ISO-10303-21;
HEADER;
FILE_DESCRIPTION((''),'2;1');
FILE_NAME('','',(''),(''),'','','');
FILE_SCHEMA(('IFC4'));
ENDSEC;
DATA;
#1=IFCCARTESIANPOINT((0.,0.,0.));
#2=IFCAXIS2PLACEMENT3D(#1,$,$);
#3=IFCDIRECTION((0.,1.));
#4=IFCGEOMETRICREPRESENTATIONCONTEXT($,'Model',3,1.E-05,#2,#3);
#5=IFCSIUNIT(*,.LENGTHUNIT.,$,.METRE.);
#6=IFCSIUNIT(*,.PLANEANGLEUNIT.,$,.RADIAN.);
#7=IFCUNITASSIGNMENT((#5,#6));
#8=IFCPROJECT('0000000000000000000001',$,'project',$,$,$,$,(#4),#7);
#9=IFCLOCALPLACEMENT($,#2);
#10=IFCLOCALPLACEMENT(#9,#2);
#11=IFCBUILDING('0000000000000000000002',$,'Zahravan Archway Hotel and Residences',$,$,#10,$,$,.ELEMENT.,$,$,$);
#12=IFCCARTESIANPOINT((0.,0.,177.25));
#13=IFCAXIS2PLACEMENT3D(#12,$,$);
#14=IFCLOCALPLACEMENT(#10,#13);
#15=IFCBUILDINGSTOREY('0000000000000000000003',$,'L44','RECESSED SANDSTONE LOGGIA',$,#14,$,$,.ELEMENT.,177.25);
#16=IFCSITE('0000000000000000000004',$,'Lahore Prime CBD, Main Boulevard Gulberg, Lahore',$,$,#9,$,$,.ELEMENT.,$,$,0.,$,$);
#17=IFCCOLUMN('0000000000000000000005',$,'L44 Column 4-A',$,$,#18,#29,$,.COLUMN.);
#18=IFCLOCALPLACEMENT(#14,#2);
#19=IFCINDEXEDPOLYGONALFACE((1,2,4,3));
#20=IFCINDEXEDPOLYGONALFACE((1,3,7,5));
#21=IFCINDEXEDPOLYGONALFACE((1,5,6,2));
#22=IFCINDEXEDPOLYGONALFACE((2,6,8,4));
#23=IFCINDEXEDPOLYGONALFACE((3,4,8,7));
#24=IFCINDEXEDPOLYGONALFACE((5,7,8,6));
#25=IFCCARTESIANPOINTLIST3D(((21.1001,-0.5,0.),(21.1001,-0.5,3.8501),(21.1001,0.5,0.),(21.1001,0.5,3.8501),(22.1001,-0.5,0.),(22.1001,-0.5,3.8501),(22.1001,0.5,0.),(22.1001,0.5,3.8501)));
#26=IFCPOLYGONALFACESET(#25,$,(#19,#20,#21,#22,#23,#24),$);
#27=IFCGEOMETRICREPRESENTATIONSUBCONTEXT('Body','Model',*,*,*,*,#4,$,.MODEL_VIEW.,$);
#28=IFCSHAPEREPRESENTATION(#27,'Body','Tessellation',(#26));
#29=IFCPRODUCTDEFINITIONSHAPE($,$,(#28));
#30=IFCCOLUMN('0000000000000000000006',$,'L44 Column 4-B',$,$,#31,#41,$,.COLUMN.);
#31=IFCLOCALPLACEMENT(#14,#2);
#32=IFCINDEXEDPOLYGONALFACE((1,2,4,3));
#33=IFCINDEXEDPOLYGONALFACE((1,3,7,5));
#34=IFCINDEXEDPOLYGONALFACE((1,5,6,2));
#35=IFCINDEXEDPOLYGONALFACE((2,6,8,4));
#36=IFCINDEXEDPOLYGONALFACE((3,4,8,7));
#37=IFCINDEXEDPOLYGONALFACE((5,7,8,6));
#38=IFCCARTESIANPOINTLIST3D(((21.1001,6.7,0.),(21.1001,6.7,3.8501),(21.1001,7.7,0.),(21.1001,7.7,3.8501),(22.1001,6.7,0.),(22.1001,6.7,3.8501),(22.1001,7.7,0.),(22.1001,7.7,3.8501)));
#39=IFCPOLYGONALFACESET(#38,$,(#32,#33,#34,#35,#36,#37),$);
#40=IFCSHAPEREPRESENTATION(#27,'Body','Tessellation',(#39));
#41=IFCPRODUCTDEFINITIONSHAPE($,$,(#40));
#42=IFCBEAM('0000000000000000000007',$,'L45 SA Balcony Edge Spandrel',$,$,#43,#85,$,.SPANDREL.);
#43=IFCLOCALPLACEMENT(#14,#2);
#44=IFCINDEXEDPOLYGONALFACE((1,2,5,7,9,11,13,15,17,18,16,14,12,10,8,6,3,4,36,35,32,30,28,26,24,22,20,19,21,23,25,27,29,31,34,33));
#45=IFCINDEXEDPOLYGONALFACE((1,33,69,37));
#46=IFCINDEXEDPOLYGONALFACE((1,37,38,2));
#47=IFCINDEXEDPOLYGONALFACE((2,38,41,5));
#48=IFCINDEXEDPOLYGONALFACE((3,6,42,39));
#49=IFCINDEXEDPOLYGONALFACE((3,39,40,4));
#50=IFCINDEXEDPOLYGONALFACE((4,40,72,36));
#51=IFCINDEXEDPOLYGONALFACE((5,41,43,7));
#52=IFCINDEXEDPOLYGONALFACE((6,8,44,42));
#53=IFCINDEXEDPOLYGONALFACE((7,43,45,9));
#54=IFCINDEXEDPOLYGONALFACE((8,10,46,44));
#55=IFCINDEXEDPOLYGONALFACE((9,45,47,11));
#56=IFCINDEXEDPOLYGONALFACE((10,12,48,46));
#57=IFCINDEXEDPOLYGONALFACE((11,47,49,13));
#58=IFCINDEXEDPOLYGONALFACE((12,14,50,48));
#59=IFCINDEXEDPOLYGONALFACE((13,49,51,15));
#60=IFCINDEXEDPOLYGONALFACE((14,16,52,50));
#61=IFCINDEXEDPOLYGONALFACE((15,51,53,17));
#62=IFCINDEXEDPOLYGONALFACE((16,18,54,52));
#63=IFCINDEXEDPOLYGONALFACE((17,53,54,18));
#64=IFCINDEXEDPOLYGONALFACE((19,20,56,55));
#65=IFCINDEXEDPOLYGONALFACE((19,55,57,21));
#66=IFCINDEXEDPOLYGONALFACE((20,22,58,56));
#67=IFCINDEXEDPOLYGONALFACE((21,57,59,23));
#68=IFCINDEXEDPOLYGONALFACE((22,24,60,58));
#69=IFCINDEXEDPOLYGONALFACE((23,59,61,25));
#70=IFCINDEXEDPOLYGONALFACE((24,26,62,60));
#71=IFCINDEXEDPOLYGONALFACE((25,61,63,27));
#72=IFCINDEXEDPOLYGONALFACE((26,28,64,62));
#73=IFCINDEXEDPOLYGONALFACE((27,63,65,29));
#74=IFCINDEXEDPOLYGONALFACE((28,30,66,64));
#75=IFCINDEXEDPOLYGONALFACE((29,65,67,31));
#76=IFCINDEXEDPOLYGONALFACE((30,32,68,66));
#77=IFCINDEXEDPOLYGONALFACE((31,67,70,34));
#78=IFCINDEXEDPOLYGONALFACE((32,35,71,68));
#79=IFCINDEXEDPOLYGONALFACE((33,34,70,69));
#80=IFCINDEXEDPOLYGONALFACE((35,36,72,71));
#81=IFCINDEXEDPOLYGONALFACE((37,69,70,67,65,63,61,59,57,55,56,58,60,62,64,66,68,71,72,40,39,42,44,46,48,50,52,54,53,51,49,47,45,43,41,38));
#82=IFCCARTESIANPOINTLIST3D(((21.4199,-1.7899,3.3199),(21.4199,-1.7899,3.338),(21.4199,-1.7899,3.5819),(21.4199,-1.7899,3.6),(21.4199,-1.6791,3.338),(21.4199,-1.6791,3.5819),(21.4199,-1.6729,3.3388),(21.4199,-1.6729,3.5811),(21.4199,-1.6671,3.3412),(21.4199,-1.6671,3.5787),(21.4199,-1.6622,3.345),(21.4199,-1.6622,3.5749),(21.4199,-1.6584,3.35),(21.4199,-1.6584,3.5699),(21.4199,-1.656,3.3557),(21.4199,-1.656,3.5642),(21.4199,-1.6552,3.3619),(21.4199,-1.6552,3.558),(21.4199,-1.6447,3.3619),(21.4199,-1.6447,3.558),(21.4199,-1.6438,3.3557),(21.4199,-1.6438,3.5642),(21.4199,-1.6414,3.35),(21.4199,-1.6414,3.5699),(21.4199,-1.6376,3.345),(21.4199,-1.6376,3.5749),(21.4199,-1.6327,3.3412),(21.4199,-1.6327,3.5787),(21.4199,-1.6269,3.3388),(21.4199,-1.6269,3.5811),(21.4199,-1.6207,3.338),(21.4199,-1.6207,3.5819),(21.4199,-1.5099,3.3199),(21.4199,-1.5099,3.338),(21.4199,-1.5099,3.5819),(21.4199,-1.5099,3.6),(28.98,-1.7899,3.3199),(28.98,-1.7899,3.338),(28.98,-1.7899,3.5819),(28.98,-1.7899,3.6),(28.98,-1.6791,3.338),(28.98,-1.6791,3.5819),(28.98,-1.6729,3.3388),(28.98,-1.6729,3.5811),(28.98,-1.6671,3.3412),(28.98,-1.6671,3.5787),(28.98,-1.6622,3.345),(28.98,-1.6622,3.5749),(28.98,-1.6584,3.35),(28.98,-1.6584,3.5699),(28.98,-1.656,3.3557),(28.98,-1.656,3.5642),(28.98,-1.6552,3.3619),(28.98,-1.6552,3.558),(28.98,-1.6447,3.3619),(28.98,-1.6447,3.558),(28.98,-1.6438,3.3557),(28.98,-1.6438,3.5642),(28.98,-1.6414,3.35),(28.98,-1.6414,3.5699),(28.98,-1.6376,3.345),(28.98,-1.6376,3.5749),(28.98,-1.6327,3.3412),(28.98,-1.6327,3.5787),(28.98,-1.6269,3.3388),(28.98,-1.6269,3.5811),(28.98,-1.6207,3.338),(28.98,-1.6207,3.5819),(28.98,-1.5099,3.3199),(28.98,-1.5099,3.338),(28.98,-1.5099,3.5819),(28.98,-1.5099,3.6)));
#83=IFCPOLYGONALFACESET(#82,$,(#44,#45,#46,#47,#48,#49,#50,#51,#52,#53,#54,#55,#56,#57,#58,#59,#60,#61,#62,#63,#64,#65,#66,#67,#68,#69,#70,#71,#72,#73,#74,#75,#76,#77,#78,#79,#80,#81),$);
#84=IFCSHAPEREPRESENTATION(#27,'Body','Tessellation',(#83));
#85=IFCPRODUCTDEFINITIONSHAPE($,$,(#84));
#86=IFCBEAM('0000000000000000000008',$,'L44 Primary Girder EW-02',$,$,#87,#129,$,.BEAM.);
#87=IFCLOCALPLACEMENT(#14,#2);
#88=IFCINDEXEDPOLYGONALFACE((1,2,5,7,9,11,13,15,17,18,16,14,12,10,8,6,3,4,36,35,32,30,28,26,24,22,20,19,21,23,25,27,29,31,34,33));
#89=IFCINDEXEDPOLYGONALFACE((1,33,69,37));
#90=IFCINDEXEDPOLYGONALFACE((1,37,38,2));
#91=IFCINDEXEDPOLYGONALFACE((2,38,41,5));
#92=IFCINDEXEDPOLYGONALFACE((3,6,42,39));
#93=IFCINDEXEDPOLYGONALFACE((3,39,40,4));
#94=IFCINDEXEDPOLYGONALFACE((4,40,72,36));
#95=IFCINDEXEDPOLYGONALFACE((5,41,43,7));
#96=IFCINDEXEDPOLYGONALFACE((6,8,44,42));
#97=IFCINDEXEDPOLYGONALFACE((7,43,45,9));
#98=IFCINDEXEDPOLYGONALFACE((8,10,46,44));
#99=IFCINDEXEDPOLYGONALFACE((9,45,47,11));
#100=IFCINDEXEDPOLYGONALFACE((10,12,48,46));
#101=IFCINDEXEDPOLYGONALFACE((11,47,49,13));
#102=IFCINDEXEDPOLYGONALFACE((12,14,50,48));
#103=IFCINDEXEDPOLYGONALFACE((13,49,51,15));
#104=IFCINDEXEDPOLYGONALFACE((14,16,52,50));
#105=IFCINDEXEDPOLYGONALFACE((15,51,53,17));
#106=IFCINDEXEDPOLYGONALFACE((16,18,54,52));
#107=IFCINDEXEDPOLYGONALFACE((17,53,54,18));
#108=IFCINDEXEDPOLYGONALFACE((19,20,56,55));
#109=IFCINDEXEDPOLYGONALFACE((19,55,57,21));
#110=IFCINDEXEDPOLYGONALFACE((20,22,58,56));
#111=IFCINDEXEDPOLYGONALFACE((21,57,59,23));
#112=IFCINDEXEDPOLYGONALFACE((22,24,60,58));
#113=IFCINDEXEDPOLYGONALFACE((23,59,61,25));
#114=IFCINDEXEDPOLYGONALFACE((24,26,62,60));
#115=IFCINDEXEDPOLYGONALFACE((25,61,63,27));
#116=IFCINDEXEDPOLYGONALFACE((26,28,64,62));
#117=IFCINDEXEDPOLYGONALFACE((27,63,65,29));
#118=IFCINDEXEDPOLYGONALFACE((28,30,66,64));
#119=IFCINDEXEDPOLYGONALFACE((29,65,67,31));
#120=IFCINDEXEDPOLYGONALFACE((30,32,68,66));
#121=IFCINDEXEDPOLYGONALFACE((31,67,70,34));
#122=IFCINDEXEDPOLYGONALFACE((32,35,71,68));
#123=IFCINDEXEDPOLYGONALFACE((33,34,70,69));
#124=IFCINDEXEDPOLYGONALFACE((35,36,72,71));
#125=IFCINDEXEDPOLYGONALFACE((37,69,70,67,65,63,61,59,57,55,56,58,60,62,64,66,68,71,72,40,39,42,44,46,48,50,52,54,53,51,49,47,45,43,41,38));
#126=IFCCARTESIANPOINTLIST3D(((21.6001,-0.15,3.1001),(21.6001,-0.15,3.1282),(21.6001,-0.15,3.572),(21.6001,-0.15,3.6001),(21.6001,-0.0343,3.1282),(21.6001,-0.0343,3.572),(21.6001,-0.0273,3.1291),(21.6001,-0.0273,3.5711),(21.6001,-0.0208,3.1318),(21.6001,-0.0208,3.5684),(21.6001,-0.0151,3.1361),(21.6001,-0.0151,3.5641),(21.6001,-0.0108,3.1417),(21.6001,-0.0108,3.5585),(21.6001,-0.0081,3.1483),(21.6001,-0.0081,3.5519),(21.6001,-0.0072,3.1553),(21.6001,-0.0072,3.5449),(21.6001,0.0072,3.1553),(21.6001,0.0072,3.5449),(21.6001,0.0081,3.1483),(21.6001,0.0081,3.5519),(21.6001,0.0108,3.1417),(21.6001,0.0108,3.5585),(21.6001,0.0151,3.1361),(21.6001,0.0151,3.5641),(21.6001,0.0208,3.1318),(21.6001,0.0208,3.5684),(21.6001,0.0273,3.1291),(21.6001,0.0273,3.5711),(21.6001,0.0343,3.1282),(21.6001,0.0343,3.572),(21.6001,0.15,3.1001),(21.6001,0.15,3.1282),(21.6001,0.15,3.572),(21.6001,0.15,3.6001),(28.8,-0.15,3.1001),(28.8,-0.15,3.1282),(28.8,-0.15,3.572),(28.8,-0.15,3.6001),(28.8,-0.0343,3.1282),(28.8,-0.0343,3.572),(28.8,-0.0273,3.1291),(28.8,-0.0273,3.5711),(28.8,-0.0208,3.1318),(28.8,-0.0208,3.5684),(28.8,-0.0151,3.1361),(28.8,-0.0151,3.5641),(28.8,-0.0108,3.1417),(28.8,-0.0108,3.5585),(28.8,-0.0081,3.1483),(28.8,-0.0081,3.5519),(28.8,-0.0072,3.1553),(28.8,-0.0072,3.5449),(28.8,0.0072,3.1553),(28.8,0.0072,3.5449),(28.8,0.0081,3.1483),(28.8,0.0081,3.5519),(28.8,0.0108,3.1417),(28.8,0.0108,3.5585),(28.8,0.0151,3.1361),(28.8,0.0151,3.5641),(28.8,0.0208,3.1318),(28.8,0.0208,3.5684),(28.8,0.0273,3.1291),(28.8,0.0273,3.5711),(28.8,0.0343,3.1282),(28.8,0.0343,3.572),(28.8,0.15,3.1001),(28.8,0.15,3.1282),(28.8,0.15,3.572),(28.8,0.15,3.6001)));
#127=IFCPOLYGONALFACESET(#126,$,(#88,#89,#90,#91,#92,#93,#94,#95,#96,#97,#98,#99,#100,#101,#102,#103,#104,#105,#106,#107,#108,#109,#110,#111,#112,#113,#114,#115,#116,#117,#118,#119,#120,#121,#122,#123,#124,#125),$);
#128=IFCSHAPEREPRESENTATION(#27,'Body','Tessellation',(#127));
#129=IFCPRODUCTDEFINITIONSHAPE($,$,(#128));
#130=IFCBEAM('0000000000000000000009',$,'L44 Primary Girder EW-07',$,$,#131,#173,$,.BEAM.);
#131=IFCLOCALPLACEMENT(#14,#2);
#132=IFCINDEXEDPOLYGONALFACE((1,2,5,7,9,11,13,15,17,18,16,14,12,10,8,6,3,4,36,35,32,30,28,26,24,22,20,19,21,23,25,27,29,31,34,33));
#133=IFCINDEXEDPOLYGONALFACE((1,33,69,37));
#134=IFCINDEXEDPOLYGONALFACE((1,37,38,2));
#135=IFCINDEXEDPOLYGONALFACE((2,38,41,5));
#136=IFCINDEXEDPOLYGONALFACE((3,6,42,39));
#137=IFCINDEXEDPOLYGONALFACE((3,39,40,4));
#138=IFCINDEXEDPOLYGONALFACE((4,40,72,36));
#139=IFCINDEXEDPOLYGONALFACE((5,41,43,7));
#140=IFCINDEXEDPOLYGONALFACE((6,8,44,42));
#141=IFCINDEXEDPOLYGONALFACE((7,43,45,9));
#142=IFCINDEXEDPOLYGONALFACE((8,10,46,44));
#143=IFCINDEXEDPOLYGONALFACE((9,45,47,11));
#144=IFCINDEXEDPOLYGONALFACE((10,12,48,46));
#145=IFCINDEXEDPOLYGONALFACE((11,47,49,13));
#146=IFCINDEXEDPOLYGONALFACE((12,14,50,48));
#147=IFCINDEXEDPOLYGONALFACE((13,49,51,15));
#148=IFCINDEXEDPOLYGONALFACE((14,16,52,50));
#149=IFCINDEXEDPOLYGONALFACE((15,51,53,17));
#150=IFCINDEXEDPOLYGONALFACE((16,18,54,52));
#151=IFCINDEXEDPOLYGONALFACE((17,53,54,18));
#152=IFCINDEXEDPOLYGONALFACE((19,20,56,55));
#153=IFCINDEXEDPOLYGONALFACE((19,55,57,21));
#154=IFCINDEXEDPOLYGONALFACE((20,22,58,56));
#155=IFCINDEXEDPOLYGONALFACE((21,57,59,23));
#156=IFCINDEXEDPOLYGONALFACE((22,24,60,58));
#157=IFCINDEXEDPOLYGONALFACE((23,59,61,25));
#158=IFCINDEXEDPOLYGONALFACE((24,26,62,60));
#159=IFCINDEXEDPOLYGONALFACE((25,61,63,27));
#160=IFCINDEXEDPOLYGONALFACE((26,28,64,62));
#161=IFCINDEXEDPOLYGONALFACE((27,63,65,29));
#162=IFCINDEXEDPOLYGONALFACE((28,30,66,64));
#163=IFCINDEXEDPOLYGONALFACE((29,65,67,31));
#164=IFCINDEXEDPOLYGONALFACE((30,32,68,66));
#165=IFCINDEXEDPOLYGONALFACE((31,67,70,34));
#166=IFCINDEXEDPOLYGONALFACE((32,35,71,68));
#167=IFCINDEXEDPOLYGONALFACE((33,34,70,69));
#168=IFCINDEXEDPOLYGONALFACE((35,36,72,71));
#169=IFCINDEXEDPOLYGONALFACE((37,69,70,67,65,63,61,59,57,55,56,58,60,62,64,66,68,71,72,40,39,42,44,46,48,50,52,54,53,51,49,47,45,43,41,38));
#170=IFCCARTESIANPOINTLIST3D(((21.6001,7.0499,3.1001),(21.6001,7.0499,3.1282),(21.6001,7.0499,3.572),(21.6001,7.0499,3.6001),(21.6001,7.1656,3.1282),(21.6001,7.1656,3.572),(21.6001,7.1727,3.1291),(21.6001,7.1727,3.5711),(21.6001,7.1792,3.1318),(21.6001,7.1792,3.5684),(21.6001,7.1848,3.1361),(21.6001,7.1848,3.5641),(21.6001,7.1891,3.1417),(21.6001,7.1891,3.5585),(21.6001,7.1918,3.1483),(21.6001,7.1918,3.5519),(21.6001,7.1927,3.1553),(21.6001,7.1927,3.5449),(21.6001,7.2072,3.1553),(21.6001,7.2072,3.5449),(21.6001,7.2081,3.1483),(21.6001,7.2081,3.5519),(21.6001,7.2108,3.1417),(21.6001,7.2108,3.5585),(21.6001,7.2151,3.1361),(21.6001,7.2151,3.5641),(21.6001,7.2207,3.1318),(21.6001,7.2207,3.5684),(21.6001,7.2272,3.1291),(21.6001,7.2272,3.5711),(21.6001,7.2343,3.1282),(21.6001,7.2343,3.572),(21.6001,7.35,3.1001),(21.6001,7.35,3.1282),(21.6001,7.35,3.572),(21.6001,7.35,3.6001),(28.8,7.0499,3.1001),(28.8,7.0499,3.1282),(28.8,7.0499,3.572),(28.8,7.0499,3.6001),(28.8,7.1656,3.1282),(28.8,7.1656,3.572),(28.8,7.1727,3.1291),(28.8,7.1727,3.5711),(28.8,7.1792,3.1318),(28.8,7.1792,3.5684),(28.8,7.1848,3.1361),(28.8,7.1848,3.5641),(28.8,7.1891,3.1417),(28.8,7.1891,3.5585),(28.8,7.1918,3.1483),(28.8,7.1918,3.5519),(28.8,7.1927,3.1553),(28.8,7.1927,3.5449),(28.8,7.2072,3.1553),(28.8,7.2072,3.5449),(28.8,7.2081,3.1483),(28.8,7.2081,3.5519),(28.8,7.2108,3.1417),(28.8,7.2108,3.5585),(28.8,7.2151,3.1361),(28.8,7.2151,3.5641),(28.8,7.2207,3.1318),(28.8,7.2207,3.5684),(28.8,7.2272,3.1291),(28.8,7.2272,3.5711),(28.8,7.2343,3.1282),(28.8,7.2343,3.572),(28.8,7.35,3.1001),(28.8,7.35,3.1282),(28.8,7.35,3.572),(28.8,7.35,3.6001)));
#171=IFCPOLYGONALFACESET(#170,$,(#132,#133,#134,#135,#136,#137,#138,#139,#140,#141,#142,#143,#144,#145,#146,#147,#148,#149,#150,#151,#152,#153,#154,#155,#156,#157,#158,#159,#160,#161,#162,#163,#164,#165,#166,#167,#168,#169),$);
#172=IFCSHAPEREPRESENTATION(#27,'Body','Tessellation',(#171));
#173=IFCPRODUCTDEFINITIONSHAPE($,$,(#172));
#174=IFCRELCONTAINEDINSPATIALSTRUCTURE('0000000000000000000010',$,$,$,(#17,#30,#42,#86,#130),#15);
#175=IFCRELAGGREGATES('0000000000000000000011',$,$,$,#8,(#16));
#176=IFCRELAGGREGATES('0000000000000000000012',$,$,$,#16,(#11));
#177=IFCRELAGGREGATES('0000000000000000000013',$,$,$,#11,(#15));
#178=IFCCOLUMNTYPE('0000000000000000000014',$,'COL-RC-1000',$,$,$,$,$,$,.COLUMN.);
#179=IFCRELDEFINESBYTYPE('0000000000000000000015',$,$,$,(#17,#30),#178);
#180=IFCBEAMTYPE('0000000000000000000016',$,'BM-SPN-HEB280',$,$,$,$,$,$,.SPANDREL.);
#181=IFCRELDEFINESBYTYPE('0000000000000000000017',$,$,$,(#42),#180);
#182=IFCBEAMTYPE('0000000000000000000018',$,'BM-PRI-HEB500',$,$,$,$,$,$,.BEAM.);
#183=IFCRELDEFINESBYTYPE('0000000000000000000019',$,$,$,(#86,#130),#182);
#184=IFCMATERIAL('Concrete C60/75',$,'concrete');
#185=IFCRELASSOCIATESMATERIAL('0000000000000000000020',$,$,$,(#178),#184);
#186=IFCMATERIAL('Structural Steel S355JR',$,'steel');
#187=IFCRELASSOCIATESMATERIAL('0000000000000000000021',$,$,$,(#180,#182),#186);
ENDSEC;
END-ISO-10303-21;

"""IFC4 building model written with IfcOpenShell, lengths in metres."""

from ifc_helpers import new_model, si_unit, direction, frame, origin, origin_2d, place, context, subcontext, project, spatial, rectangle, i_section, extrude, source, transform, mapped, material, material_profile, profile_set, type_object, type_shapes, element, save


model = new_model("IFC4")

# Units and contexts
model_context = context("Model", 3, precision=1e-05, world=origin(), true_north=direction((0.0, 1.0)))
body_context = subcontext(model_context, "Body", "Model", "MODEL_VIEW")
ifc_project = project(units=[si_unit("LENGTHUNIT", "METRE"), si_unit("PLANEANGLEUNIT", "RADIAN")], contexts=[model_context])

# Site, building, storey
site_placement = place(None, origin())
site = spatial("IfcSite", under=ifc_project, at=site_placement, Name="Lahore Prime CBD, Main Boulevard Gulberg, Lahore", CompositionType="ELEMENT", RefElevation=0.0)
building_placement = place(site_placement, origin())
building = spatial("IfcBuilding", under=site, at=building_placement, Name="Zahravan Archway Hotel and Residences", CompositionType="ELEMENT")
storey_placement = place(building_placement, frame((0.0, 0.0, 177.25)))
storey = spatial("IfcBuildingStorey", under=building, at=storey_placement, Name="L44", Description="RECESSED SANDSTONE LOGGIA", CompositionType="ELEMENT", Elevation=177.25)

# Columns
ifc_material_1 = material(Name="Concrete C60/75", Category="concrete")
ifc_material_profile_1 = material_profile(ifc_material_1, rectangle(XDim=1.0, YDim=1.0, at=origin_2d()), Name="RC-COL-1000x1000", Category="concrete")
ifc_profile_set_1 = profile_set([ifc_material_profile_1], Name="Concrete C60/75")
column_type = type_object("IfcColumnType", Name="COL-RC-1000", PredefinedType="COLUMN", material=ifc_profile_set_1)
shared_shape_1 = source(origin(), body_context, "Body", "SweptSolid", [
    extrude(rectangle(XDim=1.0, YDim=1.0, at=origin_2d()), origin(), (0.0, 0.0, 1.0), 3.8501),
])
for number, where, z_axis, x_axis, name in (
    (1, (21.6001, 0.0, 0.0), (0.0, 0.0, 1.0), (1.0, 0.0, 0.0), "L44 Column 4-A"),
    (2, (21.6001, 7.2, 0.0), (0.0, 0.0, 1.0), (1.0, 0.0, 0.0), "L44 Column 4-B"),
):
    element("IfcColumn", number, at=place(storey_placement, frame(where, z_axis=z_axis, x_axis=x_axis)), inside=storey, type_object=column_type, Name=name, PredefinedType="COLUMN", context=body_context, shape_type="MappedRepresentation", body=[
        mapped(shared_shape_1, transform((0.0, 0.0, 0.0), scale=1.0)),
    ])

# Beams
ifc_material_2 = material(Name="Structural Steel S355JR", Category="steel")
ifc_material_profile_2 = material_profile(ifc_material_2, i_section(OverallWidth=0.28, OverallDepth=0.28, WebThickness=0.0105, FlangeThickness=0.0181, FilletRadius=0.0239, at=origin_2d()), Name="HEB 280", Category="steel")
ifc_profile_set_2 = profile_set([ifc_material_profile_2], Name="Structural Steel S355JR")
beam_type_1 = type_object("IfcBeamType", Name="BM-SPN-HEB280", PredefinedType="SPANDREL", material=ifc_profile_set_2)
shared_shape_2 = source(origin(), body_context, "Body", "SweptSolid", [
    extrude(i_section(OverallWidth=0.28, OverallDepth=0.28, WebThickness=0.0105, FlangeThickness=0.0181, FilletRadius=0.0239, at=origin_2d()), origin(), (0.0, 0.0, 1.0), 7.5601),
])
type_shapes(beam_type_1, [shared_shape_2])
beam_1_placement = place(storey_placement, frame((21.4199, -1.6499, 3.46), z_axis=(1.0, 0.0, 0.0), x_axis=(0.0, 1.0, 0.0)))
element("IfcBeam", 3, at=beam_1_placement, inside=storey, type_object=beam_type_1, Name="L45 SA Balcony Edge Spandrel", PredefinedType="SPANDREL", context=body_context, shape_type="MappedRepresentation", body=[
    mapped(shared_shape_2, transform((0.0, 0.0, 0.0), scale=1.0)),
])
ifc_material_profile_3 = material_profile(ifc_material_2, i_section(OverallWidth=0.3, OverallDepth=0.5, WebThickness=0.0144, FlangeThickness=0.0281, FilletRadius=0.0271, at=origin_2d()), Name="HEB 500", Category="steel")
ifc_profile_set_3 = profile_set([ifc_material_profile_3], Name="Structural Steel S355JR")
beam_type_2 = type_object("IfcBeamType", Name="BM-PRI-HEB500", PredefinedType="BEAM", material=ifc_profile_set_3)
shared_shape_3 = source(origin(), body_context, "Body", "SweptSolid", [
    extrude(i_section(OverallWidth=0.3, OverallDepth=0.5, WebThickness=0.0144, FlangeThickness=0.0281, FilletRadius=0.0271, at=origin_2d()), origin(), (0.0, 0.0, 1.0), 7.2),
])
for number, where, z_axis, x_axis, name in (
    (4, (21.6001, 0.0, 3.3501), (1.0, 0.0, 0.0), (0.0, 1.0, 0.0), "L44 Primary Girder EW-02"),
    (5, (21.6001, 7.2, 3.3501), (1.0, 0.0, 0.0), (0.0, 1.0, 0.0), "L44 Primary Girder EW-07"),
):
    element("IfcBeam", number, at=place(storey_placement, frame(where, z_axis=z_axis, x_axis=x_axis)), inside=storey, type_object=beam_type_2, Name=name, PredefinedType="BEAM", context=body_context, shape_type="MappedRepresentation", body=[
        mapped(shared_shape_3, transform((0.0, 0.0, 0.0), scale=1.0)),
    ])

save(model, "model.ifc")
